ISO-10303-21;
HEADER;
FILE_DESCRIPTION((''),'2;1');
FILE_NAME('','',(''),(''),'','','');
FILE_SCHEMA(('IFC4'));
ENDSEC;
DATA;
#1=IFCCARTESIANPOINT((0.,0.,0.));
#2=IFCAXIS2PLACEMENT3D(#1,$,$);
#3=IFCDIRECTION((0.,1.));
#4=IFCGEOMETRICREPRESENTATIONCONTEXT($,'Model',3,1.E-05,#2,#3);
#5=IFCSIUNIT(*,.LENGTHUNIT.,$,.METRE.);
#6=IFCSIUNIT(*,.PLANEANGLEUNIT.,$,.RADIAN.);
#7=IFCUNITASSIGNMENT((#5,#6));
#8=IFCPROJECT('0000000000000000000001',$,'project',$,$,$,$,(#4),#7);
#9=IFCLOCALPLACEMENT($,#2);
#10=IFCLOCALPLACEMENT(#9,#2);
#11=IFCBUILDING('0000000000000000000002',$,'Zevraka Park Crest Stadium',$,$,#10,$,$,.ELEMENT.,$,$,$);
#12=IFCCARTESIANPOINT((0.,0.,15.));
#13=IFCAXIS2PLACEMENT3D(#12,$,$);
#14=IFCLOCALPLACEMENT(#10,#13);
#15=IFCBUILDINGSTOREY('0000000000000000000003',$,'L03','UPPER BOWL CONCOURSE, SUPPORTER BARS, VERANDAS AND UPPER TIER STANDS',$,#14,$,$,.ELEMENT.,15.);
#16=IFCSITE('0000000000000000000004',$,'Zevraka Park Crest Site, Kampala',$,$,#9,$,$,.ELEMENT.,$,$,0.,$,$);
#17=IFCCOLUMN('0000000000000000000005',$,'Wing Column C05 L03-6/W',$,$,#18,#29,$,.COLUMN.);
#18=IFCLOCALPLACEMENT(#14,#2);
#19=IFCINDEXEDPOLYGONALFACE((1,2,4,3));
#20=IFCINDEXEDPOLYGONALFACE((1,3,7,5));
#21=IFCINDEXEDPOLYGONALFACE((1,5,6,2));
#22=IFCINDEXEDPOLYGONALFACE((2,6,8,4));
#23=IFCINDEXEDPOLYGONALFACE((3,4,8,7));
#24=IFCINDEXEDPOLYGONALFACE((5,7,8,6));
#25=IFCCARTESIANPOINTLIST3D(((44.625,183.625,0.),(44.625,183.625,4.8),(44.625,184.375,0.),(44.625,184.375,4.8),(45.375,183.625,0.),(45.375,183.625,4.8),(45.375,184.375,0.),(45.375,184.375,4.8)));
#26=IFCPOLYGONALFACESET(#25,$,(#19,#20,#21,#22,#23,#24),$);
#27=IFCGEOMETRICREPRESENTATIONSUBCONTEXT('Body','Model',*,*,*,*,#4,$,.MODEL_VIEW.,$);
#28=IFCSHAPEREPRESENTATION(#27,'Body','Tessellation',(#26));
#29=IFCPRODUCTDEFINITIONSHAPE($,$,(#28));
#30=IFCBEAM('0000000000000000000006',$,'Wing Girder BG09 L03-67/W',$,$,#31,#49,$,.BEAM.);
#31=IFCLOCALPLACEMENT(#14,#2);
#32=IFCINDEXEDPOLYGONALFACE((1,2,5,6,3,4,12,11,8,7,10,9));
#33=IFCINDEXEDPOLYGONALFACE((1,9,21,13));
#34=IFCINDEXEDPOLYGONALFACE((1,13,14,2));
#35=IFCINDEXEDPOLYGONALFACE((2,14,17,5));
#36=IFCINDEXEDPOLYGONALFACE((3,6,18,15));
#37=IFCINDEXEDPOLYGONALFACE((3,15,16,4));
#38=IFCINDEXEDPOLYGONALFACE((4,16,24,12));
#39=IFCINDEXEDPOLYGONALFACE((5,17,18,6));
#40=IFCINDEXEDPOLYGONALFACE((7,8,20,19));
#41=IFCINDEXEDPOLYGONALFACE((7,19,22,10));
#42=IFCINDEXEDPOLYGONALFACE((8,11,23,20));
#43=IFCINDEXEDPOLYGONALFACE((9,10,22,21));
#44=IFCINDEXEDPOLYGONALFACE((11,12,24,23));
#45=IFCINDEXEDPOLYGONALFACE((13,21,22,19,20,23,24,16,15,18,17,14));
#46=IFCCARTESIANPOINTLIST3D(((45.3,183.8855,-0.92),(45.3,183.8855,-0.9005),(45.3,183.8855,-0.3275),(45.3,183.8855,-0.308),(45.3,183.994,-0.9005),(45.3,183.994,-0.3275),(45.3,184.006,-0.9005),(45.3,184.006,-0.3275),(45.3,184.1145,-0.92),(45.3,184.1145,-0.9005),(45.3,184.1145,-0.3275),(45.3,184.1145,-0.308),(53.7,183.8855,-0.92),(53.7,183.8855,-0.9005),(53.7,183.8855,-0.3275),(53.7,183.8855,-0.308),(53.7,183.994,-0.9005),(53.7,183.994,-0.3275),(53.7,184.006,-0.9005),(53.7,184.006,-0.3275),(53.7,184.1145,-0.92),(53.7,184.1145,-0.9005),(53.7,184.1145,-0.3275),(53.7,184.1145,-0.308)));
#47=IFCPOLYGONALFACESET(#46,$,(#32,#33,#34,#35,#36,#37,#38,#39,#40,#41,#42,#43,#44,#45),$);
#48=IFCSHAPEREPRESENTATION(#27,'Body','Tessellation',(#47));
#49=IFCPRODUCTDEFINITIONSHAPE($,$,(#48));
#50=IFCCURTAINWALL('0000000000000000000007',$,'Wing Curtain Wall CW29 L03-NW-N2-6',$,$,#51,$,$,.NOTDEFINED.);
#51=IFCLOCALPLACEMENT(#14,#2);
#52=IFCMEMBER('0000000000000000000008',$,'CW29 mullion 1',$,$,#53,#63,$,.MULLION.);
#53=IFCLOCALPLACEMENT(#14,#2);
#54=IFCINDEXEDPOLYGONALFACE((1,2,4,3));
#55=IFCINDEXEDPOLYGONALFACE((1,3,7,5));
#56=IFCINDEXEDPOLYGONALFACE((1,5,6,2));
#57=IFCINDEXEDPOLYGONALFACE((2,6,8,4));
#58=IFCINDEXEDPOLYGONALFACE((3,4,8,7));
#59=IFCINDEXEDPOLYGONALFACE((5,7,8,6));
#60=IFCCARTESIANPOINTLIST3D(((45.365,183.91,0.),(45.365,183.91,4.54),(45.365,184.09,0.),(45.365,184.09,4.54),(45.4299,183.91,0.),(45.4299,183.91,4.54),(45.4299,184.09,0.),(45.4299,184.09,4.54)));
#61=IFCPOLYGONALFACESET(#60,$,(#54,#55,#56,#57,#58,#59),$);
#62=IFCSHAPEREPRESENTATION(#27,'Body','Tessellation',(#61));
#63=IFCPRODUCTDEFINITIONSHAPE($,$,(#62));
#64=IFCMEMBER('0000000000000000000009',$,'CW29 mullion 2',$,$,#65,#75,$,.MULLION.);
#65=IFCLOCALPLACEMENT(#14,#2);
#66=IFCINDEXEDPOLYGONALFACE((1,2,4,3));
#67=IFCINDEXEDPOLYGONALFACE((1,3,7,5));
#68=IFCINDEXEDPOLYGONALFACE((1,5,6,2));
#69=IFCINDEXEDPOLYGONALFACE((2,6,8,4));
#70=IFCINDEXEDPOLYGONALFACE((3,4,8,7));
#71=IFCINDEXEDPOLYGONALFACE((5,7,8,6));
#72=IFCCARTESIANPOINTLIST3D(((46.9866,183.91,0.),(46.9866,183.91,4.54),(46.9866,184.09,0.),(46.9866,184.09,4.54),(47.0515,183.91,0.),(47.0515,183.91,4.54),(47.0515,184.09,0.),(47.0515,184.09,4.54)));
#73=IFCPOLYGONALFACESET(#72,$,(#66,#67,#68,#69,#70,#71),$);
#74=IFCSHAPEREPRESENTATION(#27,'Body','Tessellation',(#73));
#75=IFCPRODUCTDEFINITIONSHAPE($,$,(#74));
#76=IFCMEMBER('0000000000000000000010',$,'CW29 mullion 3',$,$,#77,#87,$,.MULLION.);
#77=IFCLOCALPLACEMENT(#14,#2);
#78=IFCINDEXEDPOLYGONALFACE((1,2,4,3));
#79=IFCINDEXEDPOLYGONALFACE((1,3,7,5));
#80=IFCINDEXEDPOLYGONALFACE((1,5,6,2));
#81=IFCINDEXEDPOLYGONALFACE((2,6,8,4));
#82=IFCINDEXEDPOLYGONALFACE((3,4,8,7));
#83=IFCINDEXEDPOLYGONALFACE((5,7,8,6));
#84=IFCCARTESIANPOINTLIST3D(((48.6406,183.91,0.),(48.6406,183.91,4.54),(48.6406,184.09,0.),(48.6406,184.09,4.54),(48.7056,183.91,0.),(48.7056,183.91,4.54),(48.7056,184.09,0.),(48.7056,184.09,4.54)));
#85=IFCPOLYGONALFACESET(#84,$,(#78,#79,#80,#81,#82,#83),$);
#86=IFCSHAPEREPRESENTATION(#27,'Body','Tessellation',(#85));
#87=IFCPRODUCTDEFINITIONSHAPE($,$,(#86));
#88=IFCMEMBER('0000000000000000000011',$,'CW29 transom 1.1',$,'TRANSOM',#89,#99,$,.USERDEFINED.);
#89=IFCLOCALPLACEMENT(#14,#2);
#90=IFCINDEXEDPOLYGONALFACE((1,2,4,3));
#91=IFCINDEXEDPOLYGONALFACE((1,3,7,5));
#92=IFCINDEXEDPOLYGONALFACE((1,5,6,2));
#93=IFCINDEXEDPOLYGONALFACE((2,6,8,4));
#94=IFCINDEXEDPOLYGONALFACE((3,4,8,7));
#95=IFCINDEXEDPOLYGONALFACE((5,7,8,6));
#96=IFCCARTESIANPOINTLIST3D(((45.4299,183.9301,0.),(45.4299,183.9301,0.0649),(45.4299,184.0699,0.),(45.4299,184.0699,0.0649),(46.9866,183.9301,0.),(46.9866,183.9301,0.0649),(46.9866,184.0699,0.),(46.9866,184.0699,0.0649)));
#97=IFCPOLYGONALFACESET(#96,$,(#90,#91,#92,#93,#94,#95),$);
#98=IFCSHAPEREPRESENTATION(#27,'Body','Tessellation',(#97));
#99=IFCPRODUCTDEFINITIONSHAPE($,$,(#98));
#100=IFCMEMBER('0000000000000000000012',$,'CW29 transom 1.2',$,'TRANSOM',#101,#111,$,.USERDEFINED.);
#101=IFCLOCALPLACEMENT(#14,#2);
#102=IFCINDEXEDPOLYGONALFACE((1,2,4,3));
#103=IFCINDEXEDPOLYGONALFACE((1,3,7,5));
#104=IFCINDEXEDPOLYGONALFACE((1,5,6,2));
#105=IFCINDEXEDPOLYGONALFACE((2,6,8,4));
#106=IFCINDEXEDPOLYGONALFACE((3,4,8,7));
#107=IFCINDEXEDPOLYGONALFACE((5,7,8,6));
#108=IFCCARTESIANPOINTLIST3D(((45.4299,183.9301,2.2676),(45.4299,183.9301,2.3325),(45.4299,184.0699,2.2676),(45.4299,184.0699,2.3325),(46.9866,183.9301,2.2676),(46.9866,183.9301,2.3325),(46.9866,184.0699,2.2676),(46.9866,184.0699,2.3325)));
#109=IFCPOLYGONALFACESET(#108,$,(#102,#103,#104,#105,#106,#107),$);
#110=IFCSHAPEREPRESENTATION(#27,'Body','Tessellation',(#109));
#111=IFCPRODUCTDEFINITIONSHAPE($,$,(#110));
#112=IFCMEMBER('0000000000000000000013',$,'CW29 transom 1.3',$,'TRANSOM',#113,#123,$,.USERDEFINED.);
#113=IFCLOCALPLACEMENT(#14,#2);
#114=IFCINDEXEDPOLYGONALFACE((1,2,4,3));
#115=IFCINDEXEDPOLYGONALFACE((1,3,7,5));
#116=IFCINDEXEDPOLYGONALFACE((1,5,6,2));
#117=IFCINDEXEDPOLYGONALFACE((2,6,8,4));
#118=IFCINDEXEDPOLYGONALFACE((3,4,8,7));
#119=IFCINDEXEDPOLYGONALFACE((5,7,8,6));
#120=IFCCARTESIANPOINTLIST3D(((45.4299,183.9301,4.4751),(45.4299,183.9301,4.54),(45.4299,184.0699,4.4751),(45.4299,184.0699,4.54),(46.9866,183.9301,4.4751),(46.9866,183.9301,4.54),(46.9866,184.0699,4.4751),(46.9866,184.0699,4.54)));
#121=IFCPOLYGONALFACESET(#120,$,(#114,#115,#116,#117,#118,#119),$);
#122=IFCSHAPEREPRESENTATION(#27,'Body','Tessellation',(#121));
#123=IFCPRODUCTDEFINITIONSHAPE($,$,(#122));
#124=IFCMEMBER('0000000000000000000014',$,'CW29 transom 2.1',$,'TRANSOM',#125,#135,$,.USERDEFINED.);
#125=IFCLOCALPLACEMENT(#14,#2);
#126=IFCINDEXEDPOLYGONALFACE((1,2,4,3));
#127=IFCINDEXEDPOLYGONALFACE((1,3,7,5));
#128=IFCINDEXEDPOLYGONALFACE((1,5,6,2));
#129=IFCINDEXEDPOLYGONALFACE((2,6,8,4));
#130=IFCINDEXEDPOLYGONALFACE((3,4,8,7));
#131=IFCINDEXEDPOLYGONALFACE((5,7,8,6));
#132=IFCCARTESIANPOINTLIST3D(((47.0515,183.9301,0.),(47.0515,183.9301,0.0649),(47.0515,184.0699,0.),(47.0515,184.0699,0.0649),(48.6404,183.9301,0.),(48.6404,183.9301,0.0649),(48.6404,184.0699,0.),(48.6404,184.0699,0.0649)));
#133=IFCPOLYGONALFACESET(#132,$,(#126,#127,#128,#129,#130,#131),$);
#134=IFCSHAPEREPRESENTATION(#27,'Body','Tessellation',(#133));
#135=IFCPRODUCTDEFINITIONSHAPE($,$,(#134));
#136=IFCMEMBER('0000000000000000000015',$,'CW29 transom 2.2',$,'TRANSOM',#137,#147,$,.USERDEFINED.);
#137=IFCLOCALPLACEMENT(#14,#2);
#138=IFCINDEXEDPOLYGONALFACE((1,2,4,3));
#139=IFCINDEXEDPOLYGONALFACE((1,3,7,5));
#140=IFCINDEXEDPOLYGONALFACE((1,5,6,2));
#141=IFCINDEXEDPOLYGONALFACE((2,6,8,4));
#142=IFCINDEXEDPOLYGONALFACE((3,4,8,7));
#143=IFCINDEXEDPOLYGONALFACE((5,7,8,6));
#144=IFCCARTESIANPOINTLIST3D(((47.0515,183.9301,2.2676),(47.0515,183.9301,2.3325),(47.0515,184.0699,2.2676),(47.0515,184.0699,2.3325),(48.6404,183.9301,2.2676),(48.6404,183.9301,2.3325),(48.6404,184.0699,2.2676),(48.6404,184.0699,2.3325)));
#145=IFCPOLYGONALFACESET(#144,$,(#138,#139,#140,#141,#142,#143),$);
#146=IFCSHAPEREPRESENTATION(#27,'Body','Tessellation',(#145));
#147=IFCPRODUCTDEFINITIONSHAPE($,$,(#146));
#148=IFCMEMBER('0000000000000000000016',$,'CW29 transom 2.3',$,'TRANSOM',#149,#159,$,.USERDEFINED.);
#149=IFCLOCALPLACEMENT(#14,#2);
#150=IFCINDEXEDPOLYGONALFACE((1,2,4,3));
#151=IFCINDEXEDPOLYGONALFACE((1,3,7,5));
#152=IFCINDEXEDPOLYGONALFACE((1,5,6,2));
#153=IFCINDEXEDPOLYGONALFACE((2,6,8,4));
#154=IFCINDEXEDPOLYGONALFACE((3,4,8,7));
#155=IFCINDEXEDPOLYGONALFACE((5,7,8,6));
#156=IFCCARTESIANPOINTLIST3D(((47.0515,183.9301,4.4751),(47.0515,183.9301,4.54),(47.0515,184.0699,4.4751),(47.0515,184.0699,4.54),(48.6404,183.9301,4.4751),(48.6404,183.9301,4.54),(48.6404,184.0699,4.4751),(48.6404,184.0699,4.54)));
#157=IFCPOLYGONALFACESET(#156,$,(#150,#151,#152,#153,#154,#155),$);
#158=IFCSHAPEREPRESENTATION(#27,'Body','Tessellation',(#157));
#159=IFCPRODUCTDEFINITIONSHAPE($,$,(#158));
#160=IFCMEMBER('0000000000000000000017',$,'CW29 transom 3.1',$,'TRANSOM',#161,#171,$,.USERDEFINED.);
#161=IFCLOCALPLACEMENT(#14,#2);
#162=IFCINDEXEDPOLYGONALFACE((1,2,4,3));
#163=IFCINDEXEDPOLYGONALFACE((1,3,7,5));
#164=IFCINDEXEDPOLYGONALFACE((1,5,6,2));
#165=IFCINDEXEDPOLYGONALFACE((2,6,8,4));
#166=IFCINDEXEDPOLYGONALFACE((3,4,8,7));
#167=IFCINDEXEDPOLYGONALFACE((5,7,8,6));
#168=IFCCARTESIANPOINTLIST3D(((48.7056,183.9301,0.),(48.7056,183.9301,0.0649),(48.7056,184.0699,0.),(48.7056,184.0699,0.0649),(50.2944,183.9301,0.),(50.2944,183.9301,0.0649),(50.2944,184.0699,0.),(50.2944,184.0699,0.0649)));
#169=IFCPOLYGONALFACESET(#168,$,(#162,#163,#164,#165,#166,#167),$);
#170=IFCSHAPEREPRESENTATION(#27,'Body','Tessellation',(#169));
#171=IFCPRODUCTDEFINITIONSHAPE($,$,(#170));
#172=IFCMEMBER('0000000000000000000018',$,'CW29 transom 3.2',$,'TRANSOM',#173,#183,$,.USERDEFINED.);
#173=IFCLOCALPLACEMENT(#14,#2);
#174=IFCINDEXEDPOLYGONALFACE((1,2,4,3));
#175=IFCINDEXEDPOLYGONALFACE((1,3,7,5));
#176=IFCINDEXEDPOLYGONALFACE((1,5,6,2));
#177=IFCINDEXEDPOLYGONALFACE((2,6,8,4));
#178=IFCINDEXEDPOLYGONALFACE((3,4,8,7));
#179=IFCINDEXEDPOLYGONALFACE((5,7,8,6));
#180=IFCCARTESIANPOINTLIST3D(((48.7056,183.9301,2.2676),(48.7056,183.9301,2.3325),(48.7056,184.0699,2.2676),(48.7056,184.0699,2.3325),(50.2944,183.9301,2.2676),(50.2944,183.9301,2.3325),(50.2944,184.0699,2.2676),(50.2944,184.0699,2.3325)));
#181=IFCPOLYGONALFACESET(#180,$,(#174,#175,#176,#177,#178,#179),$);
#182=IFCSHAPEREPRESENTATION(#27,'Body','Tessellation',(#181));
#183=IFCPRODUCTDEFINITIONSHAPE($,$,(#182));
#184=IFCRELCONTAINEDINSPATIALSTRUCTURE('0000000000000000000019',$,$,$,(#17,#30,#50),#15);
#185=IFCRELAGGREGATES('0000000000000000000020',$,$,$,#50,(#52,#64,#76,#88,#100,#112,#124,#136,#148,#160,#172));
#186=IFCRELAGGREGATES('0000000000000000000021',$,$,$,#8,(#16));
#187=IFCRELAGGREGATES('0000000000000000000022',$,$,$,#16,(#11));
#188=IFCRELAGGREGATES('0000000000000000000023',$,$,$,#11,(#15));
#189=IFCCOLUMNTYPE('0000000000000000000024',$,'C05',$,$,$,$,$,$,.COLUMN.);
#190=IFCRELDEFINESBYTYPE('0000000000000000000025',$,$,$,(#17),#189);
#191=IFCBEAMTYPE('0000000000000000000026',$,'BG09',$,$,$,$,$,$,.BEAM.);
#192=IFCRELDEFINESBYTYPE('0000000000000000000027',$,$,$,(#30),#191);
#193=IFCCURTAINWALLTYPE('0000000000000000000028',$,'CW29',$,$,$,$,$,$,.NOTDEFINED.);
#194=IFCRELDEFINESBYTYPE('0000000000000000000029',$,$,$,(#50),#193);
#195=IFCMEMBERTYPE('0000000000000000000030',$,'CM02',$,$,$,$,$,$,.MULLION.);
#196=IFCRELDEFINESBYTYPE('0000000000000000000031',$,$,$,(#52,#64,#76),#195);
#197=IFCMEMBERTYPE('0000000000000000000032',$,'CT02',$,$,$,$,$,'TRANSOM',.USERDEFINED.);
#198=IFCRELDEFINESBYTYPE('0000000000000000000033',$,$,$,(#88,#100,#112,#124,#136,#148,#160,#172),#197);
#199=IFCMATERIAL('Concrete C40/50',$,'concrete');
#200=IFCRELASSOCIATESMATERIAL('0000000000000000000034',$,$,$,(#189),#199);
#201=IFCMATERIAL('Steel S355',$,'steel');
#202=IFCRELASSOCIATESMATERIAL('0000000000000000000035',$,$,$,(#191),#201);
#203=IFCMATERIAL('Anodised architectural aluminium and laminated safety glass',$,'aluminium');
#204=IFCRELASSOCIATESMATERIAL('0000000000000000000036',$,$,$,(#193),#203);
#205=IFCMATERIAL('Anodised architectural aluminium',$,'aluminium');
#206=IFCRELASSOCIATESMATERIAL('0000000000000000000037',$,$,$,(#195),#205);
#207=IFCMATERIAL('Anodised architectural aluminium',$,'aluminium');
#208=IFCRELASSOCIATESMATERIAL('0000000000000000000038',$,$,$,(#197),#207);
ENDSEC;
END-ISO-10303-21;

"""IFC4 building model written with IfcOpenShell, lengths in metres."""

from ifc_helpers import new_model, si_unit, direction, frame, origin, origin_2d, place, context, subcontext, project, spatial, rectangle, i_section, extrude, material, material_profile, profile_set, type_object, element, aggregate, save


model = new_model("IFC4")

# Units and contexts
model_context = context("Model", 3, precision=1e-05, world=origin(), true_north=direction((0.0, 1.0)))
body_context = subcontext(model_context, "Body", "Model", "MODEL_VIEW")
ifc_project = project(units=[si_unit("LENGTHUNIT", "METRE"), si_unit("PLANEANGLEUNIT", "RADIAN")], contexts=[model_context])

# Site, building, storey
site_placement = place(None, origin())
site = spatial("IfcSite", under=ifc_project, at=site_placement, Name="Zevraka Park Crest Site, Kampala", CompositionType="ELEMENT", RefElevation=0.0)
building_placement = place(site_placement, origin())
building = spatial("IfcBuilding", under=site, at=building_placement, Name="Zevraka Park Crest Stadium", CompositionType="ELEMENT")
storey_placement = place(building_placement, frame((0.0, 0.0, 15.0)))
storey = spatial("IfcBuildingStorey", under=building, at=storey_placement, Name="L03", Description="UPPER BOWL CONCOURSE, SUPPORTER BARS, VERANDAS AND UPPER TIER STANDS", CompositionType="ELEMENT", Elevation=15.0)

# Column
ifc_material_1 = material(Name="Concrete C40/50", Category="concrete")
ifc_material_profile_1 = material_profile(ifc_material_1, rectangle(XDim=0.75, YDim=0.75, at=origin_2d()), Name="RC 750x750")
ifc_profile_set_1 = profile_set([ifc_material_profile_1], Name="Concrete C40/50")
column_type = type_object("IfcColumnType", Name="C05", PredefinedType="COLUMN", material=ifc_profile_set_1)
column_placement = place(storey_placement, frame((45.0, 184.0, 0.0), z_axis=(0.0, 0.0, 1.0), x_axis=(1.0, 0.0, 0.0)))
element("IfcColumn", 1, at=column_placement, inside=storey, type_object=column_type, Name="Wing Column C05 L03-6/W", PredefinedType="COLUMN", context=body_context, shape_type="SweptSolid", body=[
    extrude(rectangle(XDim=0.75, YDim=0.75, at=origin_2d()), origin(), (0.0, 0.0, 1.0), 4.8),
])

# Beam
ifc_material_2 = material(Name="Steel S355", Category="steel")
ifc_material_profile_2 = material_profile(ifc_material_2, i_section(OverallWidth=0.229, OverallDepth=0.6121, WebThickness=0.012, FlangeThickness=0.0195, at=origin_2d()), Name="UKB 610x229x125")
ifc_profile_set_2 = profile_set([ifc_material_profile_2], Name="Steel S355")
beam_type = type_object("IfcBeamType", Name="BG09", PredefinedType="BEAM", material=ifc_profile_set_2)
beam_placement = place(storey_placement, frame((45.3, 184.0, -0.614), z_axis=(1.0, 0.0, 0.0), x_axis=(0.0, 1.0, 0.0)))
element("IfcBeam", 2, at=beam_placement, inside=storey, type_object=beam_type, Name="Wing Girder BG09 L03-67/W", PredefinedType="BEAM", context=body_context, shape_type="SweptSolid", body=[
    extrude(i_section(OverallWidth=0.229, OverallDepth=0.6121, WebThickness=0.012, FlangeThickness=0.0195, at=origin_2d()), origin(), (0.0, 0.0, 1.0), 8.3999),
])

# Curtain wall, members
ifc_material_3 = material(Name="Anodised architectural aluminium and laminated safety glass", Category="aluminium")
curtain_wall_type = type_object("IfcCurtainWallType", Name="CW29", PredefinedType="NOTDEFINED", material=ifc_material_3)
curtain_wall_placement = place(storey_placement, origin())
curtain_wall = element("IfcCurtainWall", 3, at=curtain_wall_placement, inside=storey, type_object=curtain_wall_type, Name="Wing Curtain Wall CW29 L03-NW-N2-6", PredefinedType="NOTDEFINED")
ifc_material_4 = material(Name="Anodised architectural aluminium", Category="aluminium")
ifc_material_profile_3 = material_profile(ifc_material_4, rectangle(XDim=0.1799, YDim=0.0649, at=origin_2d()), Name="ALU MULLION 180x65")
ifc_profile_set_3 = profile_set([ifc_material_profile_3], Name="Anodised architectural aluminium")
member_type_1 = type_object("IfcMemberType", Name="CM02", PredefinedType="MULLION", material=ifc_profile_set_3)
member_1_placement = place(storey_placement, frame((45.3975, 184.0, 0.0), z_axis=(0.0, 0.0, 1.0), x_axis=(0.0, 1.0, 0.0)))
member_1 = element("IfcMember", 4, at=member_1_placement, type_object=member_type_1, Name="CW29 mullion 1", PredefinedType="MULLION", context=body_context, shape_type="SweptSolid", body=[
    extrude(rectangle(XDim=0.1799, YDim=0.0649, at=origin_2d()), origin(), (0.0, 0.0, 1.0), 4.54),
])
member_2_placement = place(storey_placement, frame((47.019, 184.0, 0.0), z_axis=(0.0, 0.0, 1.0), x_axis=(0.0, 1.0, 0.0)))
member_2 = element("IfcMember", 5, at=member_2_placement, type_object=member_type_1, Name="CW29 mullion 2", PredefinedType="MULLION", context=body_context, shape_type="SweptSolid", body=[
    extrude(rectangle(XDim=0.1799, YDim=0.0649, at=origin_2d()), origin(), (0.0, 0.0, 1.0), 4.54),
])
member_3_placement = place(storey_placement, frame((48.6731, 184.0, 0.0), z_axis=(0.0, 0.0, 1.0), x_axis=(0.0, 1.0, 0.0)))
member_3 = element("IfcMember", 6, at=member_3_placement, type_object=member_type_1, Name="CW29 mullion 3", PredefinedType="MULLION", context=body_context, shape_type="SweptSolid", body=[
    extrude(rectangle(XDim=0.1799, YDim=0.0649, at=origin_2d()), origin(), (0.0, 0.0, 1.0), 4.54),
])
ifc_material_5 = material(Name="Anodised architectural aluminium", Category="aluminium")
ifc_material_profile_4 = material_profile(ifc_material_5, rectangle(XDim=0.1399, YDim=0.0649, at=origin_2d()), Name="ALU TRANSOM 140x65")
ifc_profile_set_4 = profile_set([ifc_material_profile_4], Name="Anodised architectural aluminium")
member_type_2 = type_object("IfcMemberType", Name="CT02", ElementType="TRANSOM", PredefinedType="USERDEFINED", material=ifc_profile_set_4)
member_4_placement = place(storey_placement, frame((45.4299, 184.0, 0.0325), z_axis=(1.0, 0.0, 0.0), x_axis=(0.0, 1.0, 0.0)))
member_4 = element("IfcMember", 7, at=member_4_placement, type_object=member_type_2, Name="CW29 transom 1.1", ObjectType="TRANSOM", PredefinedType="USERDEFINED", context=body_context, shape_type="SweptSolid", body=[
    extrude(rectangle(XDim=0.1399, YDim=0.0649, at=origin_2d()), origin(), (0.0, 0.0, 1.0), 1.5566),
])
member_5_placement = place(storey_placement, frame((45.4299, 184.0, 2.3), z_axis=(1.0, 0.0, 0.0), x_axis=(0.0, 1.0, 0.0)))
member_5 = element("IfcMember", 8, at=member_5_placement, type_object=member_type_2, Name="CW29 transom 1.2", ObjectType="TRANSOM", PredefinedType="USERDEFINED", context=body_context, shape_type="SweptSolid", body=[
    extrude(rectangle(XDim=0.1399, YDim=0.0649, at=origin_2d()), origin(), (0.0, 0.0, 1.0), 1.5566),
])
member_6_placement = place(storey_placement, frame((45.4299, 184.0, 4.5076), z_axis=(1.0, 0.0, 0.0), x_axis=(0.0, 1.0, 0.0)))
member_6 = element("IfcMember", 9, at=member_6_placement, type_object=member_type_2, Name="CW29 transom 1.3", ObjectType="TRANSOM", PredefinedType="USERDEFINED", context=body_context, shape_type="SweptSolid", body=[
    extrude(rectangle(XDim=0.1399, YDim=0.0649, at=origin_2d()), origin(), (0.0, 0.0, 1.0), 1.5566),
])
member_7_placement = place(storey_placement, frame((47.0515, 184.0, 0.0325), z_axis=(1.0, 0.0, 0.0), x_axis=(0.0, 1.0, 0.0)))
member_7 = element("IfcMember", 10, at=member_7_placement, type_object=member_type_2, Name="CW29 transom 2.1", ObjectType="TRANSOM", PredefinedType="USERDEFINED", context=body_context, shape_type="SweptSolid", body=[
    extrude(rectangle(XDim=0.1399, YDim=0.0649, at=origin_2d()), origin(), (0.0, 0.0, 1.0), 1.5889),
])
member_8_placement = place(storey_placement, frame((47.0515, 184.0, 2.3), z_axis=(1.0, 0.0, 0.0), x_axis=(0.0, 1.0, 0.0)))
member_8 = element("IfcMember", 11, at=member_8_placement, type_object=member_type_2, Name="CW29 transom 2.2", ObjectType="TRANSOM", PredefinedType="USERDEFINED", context=body_context, shape_type="SweptSolid", body=[
    extrude(rectangle(XDim=0.1399, YDim=0.0649, at=origin_2d()), origin(), (0.0, 0.0, 1.0), 1.5889),
])
member_9_placement = place(storey_placement, frame((47.0515, 184.0, 4.5076), z_axis=(1.0, 0.0, 0.0), x_axis=(0.0, 1.0, 0.0)))
member_9 = element("IfcMember", 12, at=member_9_placement, type_object=member_type_2, Name="CW29 transom 2.3", ObjectType="TRANSOM", PredefinedType="USERDEFINED", context=body_context, shape_type="SweptSolid", body=[
    extrude(rectangle(XDim=0.1399, YDim=0.0649, at=origin_2d()), origin(), (0.0, 0.0, 1.0), 1.5889),
])
member_10_placement = place(storey_placement, frame((48.7056, 184.0, 0.0325), z_axis=(1.0, 0.0, 0.0), x_axis=(0.0, 1.0, 0.0)))
member_10 = element("IfcMember", 13, at=member_10_placement, type_object=member_type_2, Name="CW29 transom 3.1", ObjectType="TRANSOM", PredefinedType="USERDEFINED", context=body_context, shape_type="SweptSolid", body=[
    extrude(rectangle(XDim=0.1399, YDim=0.0649, at=origin_2d()), origin(), (0.0, 0.0, 1.0), 1.5889),
])
member_11_placement = place(storey_placement, frame((48.7056, 184.0, 2.3), z_axis=(1.0, 0.0, 0.0), x_axis=(0.0, 1.0, 0.0)))
member_11 = element("IfcMember", 14, at=member_11_placement, type_object=member_type_2, Name="CW29 transom 3.2", ObjectType="TRANSOM", PredefinedType="USERDEFINED", context=body_context, shape_type="SweptSolid", body=[
    extrude(rectangle(XDim=0.1399, YDim=0.0649, at=origin_2d()), origin(), (0.0, 0.0, 1.0), 1.5889),
])
aggregate(curtain_wall, [member_1, member_2, member_3, member_4, member_5, member_6, member_7, member_8, member_9, member_10, member_11])

save(model, "model.ifc")
